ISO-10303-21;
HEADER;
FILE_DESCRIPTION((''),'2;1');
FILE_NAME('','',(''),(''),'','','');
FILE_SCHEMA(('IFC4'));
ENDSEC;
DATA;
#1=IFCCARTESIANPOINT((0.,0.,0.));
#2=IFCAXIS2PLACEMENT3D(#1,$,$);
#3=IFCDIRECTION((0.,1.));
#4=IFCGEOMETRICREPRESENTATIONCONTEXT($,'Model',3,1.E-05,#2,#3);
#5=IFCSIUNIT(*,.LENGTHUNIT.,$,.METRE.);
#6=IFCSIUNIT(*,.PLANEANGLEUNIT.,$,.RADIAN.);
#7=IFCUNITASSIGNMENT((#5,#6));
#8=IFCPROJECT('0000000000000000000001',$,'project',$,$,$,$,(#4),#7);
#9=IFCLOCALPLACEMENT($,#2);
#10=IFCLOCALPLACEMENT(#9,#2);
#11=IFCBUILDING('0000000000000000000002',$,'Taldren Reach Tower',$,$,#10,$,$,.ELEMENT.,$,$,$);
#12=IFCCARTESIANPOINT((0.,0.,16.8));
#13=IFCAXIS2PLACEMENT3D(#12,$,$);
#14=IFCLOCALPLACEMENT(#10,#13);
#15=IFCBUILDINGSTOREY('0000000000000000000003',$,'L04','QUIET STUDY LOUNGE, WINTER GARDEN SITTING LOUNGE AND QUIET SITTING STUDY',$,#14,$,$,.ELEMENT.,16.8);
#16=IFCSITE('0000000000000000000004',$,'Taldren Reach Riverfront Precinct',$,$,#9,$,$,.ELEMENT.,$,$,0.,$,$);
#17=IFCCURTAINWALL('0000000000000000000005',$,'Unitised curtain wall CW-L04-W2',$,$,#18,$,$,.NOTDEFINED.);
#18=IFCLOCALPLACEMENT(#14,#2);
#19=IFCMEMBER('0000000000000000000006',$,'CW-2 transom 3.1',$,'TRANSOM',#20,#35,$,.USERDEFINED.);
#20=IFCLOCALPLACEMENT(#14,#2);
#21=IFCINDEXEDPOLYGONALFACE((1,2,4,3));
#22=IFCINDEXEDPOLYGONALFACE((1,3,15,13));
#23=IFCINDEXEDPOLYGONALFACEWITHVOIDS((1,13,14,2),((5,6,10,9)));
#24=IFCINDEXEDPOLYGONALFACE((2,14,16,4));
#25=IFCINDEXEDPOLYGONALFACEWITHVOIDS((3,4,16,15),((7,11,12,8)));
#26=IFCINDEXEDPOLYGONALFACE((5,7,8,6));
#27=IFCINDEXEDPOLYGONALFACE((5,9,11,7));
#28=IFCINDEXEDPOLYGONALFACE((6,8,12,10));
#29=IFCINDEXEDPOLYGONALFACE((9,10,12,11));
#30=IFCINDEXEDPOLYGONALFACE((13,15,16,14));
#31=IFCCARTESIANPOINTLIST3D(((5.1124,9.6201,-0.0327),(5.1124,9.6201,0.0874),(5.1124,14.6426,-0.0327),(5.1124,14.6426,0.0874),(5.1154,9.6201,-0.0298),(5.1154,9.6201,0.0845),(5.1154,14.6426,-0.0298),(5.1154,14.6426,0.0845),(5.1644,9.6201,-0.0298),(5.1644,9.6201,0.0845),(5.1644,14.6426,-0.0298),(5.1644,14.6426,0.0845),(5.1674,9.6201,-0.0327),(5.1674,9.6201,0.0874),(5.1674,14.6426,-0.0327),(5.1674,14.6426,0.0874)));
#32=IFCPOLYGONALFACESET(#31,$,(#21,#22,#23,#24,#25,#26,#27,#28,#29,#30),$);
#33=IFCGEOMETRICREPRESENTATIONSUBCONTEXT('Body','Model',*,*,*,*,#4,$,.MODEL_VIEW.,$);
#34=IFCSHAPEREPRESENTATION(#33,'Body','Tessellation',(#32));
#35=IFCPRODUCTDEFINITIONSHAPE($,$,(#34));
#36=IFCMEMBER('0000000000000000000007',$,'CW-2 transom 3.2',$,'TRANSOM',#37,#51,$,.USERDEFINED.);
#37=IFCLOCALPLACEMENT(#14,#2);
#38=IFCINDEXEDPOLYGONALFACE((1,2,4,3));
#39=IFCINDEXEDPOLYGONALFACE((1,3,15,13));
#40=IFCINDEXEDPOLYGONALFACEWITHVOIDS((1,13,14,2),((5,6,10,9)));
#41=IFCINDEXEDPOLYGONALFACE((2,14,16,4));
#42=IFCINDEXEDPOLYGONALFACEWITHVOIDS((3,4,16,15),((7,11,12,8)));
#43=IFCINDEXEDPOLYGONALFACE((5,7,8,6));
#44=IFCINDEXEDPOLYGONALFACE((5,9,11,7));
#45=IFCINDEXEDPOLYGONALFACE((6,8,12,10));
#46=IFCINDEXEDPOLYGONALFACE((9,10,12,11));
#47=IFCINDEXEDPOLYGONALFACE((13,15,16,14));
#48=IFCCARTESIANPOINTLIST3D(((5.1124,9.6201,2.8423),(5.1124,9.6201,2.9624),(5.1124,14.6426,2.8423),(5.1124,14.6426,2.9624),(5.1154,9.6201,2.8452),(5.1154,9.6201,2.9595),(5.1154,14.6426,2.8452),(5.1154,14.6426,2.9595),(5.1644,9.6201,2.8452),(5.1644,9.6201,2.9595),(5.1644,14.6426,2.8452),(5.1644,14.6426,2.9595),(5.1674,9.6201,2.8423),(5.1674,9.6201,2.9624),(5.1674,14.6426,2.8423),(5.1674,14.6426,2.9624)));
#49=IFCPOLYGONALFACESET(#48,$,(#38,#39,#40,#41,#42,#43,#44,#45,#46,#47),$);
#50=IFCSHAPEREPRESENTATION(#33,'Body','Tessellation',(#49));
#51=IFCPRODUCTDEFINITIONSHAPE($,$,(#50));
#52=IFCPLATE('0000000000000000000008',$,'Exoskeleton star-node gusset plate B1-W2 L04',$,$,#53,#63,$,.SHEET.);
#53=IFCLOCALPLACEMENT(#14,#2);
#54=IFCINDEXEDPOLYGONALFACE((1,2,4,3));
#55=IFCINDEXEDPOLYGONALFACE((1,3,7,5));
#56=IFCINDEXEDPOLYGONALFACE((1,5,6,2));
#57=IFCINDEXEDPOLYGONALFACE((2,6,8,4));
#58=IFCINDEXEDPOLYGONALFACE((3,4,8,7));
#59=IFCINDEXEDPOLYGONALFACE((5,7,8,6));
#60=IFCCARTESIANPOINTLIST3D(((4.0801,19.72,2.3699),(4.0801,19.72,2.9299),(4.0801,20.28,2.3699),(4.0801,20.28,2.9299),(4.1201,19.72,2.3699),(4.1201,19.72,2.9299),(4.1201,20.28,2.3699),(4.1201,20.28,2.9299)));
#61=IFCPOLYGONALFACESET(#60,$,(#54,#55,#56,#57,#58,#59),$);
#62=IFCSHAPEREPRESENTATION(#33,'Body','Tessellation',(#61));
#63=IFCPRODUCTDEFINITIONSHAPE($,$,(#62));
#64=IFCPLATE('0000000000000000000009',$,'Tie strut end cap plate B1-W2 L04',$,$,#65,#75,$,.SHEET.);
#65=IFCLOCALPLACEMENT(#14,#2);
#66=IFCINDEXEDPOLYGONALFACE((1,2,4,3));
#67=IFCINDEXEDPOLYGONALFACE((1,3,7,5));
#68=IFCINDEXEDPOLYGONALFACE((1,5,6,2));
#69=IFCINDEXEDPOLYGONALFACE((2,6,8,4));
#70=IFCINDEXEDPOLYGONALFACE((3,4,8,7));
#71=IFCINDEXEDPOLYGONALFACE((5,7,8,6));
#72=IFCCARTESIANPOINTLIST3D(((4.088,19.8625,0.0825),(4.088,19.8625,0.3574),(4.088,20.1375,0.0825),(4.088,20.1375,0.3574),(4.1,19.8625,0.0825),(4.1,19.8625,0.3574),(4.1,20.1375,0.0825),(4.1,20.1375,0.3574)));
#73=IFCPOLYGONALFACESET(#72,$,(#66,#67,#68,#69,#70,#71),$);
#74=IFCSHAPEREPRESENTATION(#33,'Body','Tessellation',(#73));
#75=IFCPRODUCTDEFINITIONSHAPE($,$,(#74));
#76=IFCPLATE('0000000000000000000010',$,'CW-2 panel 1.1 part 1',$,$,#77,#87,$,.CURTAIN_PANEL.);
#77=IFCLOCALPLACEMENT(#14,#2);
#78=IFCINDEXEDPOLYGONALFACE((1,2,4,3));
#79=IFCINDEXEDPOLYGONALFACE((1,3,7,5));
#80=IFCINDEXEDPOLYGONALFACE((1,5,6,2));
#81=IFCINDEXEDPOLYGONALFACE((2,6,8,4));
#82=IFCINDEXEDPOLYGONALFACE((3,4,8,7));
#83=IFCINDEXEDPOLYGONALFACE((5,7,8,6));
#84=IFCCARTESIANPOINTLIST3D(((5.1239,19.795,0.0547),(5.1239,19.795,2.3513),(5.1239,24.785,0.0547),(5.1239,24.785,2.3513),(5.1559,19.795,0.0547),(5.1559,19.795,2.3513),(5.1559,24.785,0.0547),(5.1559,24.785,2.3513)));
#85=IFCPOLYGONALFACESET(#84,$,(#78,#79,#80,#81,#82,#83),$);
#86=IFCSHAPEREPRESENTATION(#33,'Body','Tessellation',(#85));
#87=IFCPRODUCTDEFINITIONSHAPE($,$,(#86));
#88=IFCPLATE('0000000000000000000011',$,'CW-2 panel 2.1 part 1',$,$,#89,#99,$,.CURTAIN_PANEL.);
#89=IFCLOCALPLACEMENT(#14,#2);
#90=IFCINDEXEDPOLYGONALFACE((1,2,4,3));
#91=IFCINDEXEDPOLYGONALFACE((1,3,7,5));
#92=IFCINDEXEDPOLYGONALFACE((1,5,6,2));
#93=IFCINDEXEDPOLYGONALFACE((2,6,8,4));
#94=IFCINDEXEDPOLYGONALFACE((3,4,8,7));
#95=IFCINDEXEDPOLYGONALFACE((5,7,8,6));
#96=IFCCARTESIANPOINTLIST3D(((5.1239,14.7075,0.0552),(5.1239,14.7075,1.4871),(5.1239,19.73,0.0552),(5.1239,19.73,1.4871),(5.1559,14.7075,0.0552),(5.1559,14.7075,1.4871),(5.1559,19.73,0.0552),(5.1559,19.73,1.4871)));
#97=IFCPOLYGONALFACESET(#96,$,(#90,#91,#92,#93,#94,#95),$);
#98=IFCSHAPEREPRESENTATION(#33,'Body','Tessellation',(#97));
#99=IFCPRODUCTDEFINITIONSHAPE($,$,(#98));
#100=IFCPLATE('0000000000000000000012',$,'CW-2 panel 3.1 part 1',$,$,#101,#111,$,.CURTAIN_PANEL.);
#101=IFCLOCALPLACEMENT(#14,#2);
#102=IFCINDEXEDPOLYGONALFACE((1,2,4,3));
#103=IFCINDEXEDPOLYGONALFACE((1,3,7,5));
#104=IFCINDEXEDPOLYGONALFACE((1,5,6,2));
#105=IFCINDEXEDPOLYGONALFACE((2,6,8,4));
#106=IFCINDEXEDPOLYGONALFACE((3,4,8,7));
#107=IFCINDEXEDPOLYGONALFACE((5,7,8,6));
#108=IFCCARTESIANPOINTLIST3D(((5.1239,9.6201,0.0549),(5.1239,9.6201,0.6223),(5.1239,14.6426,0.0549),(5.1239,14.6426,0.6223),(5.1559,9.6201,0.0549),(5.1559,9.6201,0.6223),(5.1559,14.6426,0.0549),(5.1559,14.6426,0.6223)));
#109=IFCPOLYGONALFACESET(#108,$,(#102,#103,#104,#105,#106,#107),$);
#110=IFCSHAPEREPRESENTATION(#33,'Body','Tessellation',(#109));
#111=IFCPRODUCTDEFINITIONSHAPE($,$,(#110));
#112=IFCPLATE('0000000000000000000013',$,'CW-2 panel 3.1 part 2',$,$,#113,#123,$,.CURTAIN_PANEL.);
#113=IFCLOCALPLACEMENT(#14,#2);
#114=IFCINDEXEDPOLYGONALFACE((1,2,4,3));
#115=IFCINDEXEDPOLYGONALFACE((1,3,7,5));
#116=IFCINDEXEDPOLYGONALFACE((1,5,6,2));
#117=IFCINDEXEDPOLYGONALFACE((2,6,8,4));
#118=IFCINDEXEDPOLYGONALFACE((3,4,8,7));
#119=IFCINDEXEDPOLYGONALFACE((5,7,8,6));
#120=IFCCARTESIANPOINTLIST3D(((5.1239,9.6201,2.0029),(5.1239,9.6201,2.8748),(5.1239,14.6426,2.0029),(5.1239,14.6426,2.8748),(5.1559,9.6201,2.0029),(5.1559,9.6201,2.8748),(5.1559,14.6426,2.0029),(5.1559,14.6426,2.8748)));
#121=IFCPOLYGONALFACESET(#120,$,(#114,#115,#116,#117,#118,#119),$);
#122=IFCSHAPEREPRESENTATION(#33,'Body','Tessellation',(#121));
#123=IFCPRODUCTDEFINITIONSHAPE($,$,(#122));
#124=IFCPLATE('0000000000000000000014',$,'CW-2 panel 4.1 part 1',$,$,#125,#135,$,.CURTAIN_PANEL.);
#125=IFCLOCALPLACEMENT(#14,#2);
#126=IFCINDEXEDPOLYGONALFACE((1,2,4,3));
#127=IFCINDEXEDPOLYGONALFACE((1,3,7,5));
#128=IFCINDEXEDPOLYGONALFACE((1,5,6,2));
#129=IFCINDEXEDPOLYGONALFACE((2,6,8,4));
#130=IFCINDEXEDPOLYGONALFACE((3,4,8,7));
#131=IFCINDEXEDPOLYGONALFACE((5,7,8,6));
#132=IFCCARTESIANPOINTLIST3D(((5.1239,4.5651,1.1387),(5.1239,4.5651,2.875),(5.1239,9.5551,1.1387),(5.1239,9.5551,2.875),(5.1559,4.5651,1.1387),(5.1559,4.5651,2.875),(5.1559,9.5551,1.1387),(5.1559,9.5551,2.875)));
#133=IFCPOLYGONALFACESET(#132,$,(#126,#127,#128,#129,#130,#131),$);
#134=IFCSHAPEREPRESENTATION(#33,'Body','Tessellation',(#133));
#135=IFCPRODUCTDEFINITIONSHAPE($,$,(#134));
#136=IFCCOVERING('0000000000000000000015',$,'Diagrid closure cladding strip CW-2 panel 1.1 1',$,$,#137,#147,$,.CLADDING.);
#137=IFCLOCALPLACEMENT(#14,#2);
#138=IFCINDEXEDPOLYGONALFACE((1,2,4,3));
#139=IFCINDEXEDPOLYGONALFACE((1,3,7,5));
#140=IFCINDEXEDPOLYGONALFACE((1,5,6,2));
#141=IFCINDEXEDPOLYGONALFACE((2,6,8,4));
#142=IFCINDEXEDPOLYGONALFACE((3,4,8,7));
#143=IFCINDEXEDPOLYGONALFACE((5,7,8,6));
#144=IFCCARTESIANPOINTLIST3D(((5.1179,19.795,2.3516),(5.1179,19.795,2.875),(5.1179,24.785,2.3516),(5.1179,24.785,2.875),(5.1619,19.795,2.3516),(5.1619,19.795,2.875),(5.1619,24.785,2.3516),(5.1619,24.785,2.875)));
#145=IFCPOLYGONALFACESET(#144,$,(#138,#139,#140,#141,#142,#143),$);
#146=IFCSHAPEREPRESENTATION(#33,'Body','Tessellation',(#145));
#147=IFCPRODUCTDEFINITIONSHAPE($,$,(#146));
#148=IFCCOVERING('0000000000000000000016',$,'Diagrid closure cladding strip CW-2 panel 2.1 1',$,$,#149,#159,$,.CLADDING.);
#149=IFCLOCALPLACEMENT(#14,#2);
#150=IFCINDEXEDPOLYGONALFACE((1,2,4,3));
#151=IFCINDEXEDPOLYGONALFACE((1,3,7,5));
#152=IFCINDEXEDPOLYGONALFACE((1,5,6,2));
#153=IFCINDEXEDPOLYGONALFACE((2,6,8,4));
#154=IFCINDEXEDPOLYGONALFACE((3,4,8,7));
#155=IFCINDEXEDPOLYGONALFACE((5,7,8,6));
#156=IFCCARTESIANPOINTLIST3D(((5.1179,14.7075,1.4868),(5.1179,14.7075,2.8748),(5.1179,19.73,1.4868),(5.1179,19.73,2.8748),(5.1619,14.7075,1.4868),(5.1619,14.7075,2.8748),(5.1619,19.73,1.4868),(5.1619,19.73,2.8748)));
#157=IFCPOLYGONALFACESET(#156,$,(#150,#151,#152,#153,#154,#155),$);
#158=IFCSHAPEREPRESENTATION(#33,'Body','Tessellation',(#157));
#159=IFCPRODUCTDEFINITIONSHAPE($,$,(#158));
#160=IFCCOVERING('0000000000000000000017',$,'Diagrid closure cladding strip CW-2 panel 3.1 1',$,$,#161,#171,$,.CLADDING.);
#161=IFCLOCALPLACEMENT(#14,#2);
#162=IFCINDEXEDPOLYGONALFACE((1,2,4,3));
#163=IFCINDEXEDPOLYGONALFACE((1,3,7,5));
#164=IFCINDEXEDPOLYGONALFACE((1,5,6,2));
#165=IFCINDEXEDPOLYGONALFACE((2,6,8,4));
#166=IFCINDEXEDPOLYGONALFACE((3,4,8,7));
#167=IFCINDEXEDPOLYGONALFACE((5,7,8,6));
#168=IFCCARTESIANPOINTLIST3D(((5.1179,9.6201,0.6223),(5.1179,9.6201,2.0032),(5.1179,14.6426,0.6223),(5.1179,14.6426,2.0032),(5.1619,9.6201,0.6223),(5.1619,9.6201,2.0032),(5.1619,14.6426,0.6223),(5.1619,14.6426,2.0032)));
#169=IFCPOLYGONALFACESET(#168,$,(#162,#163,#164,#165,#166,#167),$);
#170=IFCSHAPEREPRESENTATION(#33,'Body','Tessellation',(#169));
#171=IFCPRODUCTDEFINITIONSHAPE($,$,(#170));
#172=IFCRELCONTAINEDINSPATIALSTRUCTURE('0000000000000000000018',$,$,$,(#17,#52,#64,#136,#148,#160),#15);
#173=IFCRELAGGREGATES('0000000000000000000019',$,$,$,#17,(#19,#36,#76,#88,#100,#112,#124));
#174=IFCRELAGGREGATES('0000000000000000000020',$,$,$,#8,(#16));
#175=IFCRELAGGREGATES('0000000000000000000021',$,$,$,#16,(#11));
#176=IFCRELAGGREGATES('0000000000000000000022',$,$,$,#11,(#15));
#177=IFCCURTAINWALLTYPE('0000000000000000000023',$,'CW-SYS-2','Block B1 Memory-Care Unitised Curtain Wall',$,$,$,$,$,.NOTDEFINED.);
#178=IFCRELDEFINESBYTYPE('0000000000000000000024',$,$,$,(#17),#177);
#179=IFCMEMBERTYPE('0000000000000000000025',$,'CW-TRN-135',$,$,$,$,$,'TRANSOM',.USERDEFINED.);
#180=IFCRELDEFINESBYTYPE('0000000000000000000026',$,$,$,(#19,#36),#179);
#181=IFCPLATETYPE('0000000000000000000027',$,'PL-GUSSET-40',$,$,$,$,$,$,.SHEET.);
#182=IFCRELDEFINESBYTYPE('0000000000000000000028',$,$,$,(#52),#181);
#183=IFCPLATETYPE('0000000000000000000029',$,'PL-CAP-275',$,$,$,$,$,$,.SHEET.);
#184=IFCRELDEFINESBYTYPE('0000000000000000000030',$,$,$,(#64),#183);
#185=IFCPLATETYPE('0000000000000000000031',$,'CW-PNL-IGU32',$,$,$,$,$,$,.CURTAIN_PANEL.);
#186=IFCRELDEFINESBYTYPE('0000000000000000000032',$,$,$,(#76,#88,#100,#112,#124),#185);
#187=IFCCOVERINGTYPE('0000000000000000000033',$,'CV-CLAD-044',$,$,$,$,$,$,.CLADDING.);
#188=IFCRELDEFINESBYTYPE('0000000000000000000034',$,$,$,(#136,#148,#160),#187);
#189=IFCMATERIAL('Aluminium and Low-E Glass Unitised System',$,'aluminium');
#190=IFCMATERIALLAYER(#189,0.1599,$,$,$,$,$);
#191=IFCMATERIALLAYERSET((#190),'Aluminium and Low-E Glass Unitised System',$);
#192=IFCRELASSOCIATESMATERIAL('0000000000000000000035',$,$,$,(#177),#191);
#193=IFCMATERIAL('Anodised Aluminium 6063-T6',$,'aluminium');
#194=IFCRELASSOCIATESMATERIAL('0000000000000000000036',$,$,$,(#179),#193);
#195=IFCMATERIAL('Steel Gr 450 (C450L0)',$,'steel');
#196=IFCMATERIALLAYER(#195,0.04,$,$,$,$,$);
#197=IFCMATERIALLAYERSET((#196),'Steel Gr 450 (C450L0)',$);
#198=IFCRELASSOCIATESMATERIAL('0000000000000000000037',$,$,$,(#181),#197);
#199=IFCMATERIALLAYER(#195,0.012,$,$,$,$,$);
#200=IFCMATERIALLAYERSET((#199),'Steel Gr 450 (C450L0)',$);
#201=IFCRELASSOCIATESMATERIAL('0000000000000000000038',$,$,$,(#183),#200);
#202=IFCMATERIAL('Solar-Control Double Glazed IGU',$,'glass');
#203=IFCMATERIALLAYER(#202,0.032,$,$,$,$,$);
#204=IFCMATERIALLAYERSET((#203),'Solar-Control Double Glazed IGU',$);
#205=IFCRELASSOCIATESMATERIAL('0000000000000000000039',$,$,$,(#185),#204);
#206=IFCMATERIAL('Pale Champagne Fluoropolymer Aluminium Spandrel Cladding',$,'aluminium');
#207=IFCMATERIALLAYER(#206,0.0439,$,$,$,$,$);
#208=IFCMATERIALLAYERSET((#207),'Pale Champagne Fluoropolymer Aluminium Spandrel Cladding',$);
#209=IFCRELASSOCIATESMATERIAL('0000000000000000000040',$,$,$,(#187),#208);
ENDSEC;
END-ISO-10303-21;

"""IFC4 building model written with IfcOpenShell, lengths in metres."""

from ifc_helpers import new_model, si_unit, direction, frame, origin, origin_2d, place, context, subcontext, project, spatial, rectangle, hollow_rectangle, extrude, source, transform, mapped, material, layer, layer_set, material_profile, profile_set, type_object, element, aggregate, save


model = new_model("IFC4")

# Units and contexts
model_context = context("Model", 3, precision=1e-05, world=origin(), true_north=direction((0.0, 1.0)))
body_context = subcontext(model_context, "Body", "Model", "MODEL_VIEW")
ifc_project = project(units=[si_unit("LENGTHUNIT", "METRE"), si_unit("PLANEANGLEUNIT", "RADIAN")], contexts=[model_context])

# Site, building, storey
site_placement = place(None, origin())
site = spatial("IfcSite", under=ifc_project, at=site_placement, Name="Taldren Reach Riverfront Precinct", CompositionType="ELEMENT", RefElevation=0.0)
building_placement = place(site_placement, origin())
building = spatial("IfcBuilding", under=site, at=building_placement, Name="Taldren Reach Tower", CompositionType="ELEMENT")
storey_placement = place(building_placement, frame((0.0, 0.0, 16.8)))
storey = spatial("IfcBuildingStorey", under=building, at=storey_placement, Name="L04", Description="QUIET STUDY LOUNGE, WINTER GARDEN SITTING LOUNGE AND QUIET SITTING STUDY", CompositionType="ELEMENT", Elevation=16.8)

# Shared definitions
ifc_material_1 = material(Name="Steel Gr 450 (C450L0)", Category="steel")

# Curtain wall, members
ifc_material_2 = material(Name="Aluminium and Low-E Glass Unitised System", Category="aluminium")
ifc_layer_1 = layer(ifc_material_2, 0.1599)
ifc_layer_set_1 = layer_set([ifc_layer_1], Name="Aluminium and Low-E Glass Unitised System")
curtain_wall_type = type_object("IfcCurtainWallType", Name="CW-SYS-2", Description="Block B1 Memory-Care Unitised Curtain Wall", PredefinedType="NOTDEFINED", material=ifc_layer_set_1)
curtain_wall_placement = place(storey_placement, origin())
curtain_wall = element("IfcCurtainWall", 1, at=curtain_wall_placement, inside=storey, type_object=curtain_wall_type, Name="Unitised curtain wall CW-L04-W2", PredefinedType="NOTDEFINED")
ifc_material_3 = material(Name="Anodised Aluminium 6063-T6", Category="aluminium")
ifc_material_profile_1 = material_profile(ifc_material_3, hollow_rectangle(XDim=0.0549, YDim=0.1201, WallThickness=0.0029, at=origin_2d()), Name="ALU-120x55x3RHS")
ifc_profile_set_1 = profile_set([ifc_material_profile_1], Name="Anodised Aluminium 6063-T6")
member_type_1 = type_object("IfcMemberType", Name="CW-TRN-135", ElementType="TRANSOM", PredefinedType="USERDEFINED", material=ifc_profile_set_1)
shared_shape_1 = source(origin(), body_context, "Body", "SweptSolid", [
    extrude(hollow_rectangle(XDim=0.0549, YDim=0.1201, WallThickness=0.0029, at=origin_2d()), origin(), (0.0, 0.0, 1.0), 5.0225),
])
member_1_placement = place(storey_placement, frame((5.1399, 14.6426, 0.0273), z_axis=(0.0, -1.0, 0.0), x_axis=(1.0, 0.0, 0.0)))
member_1 = element("IfcMember", 2, at=member_1_placement, type_object=member_type_1, Name="CW-2 transom 3.1", ObjectType="TRANSOM", PredefinedType="USERDEFINED", context=body_context, shape_type="MappedRepresentation", body=[
    mapped(shared_shape_1, transform((0.0, 0.0, 0.0), scale=1.0)),
])
member_2_placement = place(storey_placement, frame((5.1399, 14.6426, 2.9023), z_axis=(0.0, -1.0, 0.0), x_axis=(1.0, 0.0, 0.0)))
member_2 = element("IfcMember", 3, at=member_2_placement, type_object=member_type_1, Name="CW-2 transom 3.2", ObjectType="TRANSOM", PredefinedType="USERDEFINED", context=body_context, shape_type="MappedRepresentation", body=[
    mapped(shared_shape_1, transform((0.0, 0.0, 0.0), scale=1.0)),
])

# Plates
ifc_layer_2 = layer(ifc_material_1, 0.04)
ifc_layer_set_2 = layer_set([ifc_layer_2], Name="Steel Gr 450 (C450L0)")
plate_type_1 = type_object("IfcPlateType", Name="PL-GUSSET-40", PredefinedType="SHEET", material=ifc_layer_set_2)
shared_shape_2 = source(origin(), body_context, "Body", "SweptSolid", [
    extrude(rectangle(XDim=0.5601, YDim=0.04, at=origin_2d()), origin(), (0.0, 0.0, 1.0), 0.5601),
])
plate_1_placement = place(storey_placement, frame((4.1001, 20.0, 2.3699), z_axis=(0.0, 0.0, 1.0), x_axis=(0.0, 1.0, 0.0)))
element("IfcPlate", 4, at=plate_1_placement, inside=storey, type_object=plate_type_1, Name="Exoskeleton star-node gusset plate B1-W2 L04", PredefinedType="SHEET", context=body_context, shape_type="MappedRepresentation", body=[
    mapped(shared_shape_2, transform((0.0, 0.0, 0.0), scale=1.0)),
])
ifc_layer_3 = layer(ifc_material_1, 0.012)
ifc_layer_set_3 = layer_set([ifc_layer_3], Name="Steel Gr 450 (C450L0)")
plate_type_2 = type_object("IfcPlateType", Name="PL-CAP-275", PredefinedType="SHEET", material=ifc_layer_set_3)
shared_shape_3 = source(origin(), body_context, "Body", "SweptSolid", [
    extrude(rectangle(XDim=0.012, YDim=0.2749, at=origin_2d()), origin(), (0.0, 0.0, 1.0), 0.2749),
])
plate_2_placement = place(storey_placement, frame((4.094, 20.0, 0.0825), z_axis=(0.0, 0.0, 1.0), x_axis=(1.0, 0.0, 0.0)))
element("IfcPlate", 5, at=plate_2_placement, inside=storey, type_object=plate_type_2, Name="Tie strut end cap plate B1-W2 L04", PredefinedType="SHEET", context=body_context, shape_type="MappedRepresentation", body=[
    mapped(shared_shape_3, transform((0.0, 0.0, 0.0), scale=1.0)),
])

# Plates
ifc_material_4 = material(Name="Solar-Control Double Glazed IGU", Category="glass")
ifc_layer_4 = layer(ifc_material_4, 0.032)
ifc_layer_set_4 = layer_set([ifc_layer_4], Name="Solar-Control Double Glazed IGU")
plate_type_3 = type_object("IfcPlateType", Name="CW-PNL-IGU32", PredefinedType="CURTAIN_PANEL", material=ifc_layer_set_4)
shared_shape_4 = source(origin(), body_context, "Body", "SweptSolid", [
    extrude(rectangle(XDim=4.99, YDim=0.032, at=origin_2d()), origin(), (0.0, 0.0, 1.0), 2.2966),
])
plate_3_placement = place(storey_placement, frame((5.1399, 22.29, 0.0547), z_axis=(0.0, 0.0, 1.0), x_axis=(0.0, -1.0, 0.0)))
plate_3 = element("IfcPlate", 6, at=plate_3_placement, type_object=plate_type_3, Name="CW-2 panel 1.1 part 1", PredefinedType="CURTAIN_PANEL", context=body_context, shape_type="MappedRepresentation", body=[
    mapped(shared_shape_4, transform((0.0, 0.0, 0.0), scale=1.0)),
])
shared_shape_5 = source(origin(), body_context, "Body", "SweptSolid", [
    extrude(rectangle(XDim=5.0225, YDim=0.032, at=origin_2d()), origin(), (0.0, 0.0, 1.0), 1.4319),
])
plate_4_placement = place(storey_placement, frame((5.1399, 17.2188, 0.0552), z_axis=(0.0, 0.0, 1.0), x_axis=(0.0, -1.0, 0.0)))
plate_4 = element("IfcPlate", 7, at=plate_4_placement, type_object=plate_type_3, Name="CW-2 panel 2.1 part 1", PredefinedType="CURTAIN_PANEL", context=body_context, shape_type="MappedRepresentation", body=[
    mapped(shared_shape_5, transform((0.0, 0.0, 0.0), scale=1.0)),
])
shared_shape_6 = source(origin(), body_context, "Body", "SweptSolid", [
    extrude(rectangle(XDim=5.0225, YDim=0.032, at=origin_2d()), origin(), (0.0, 0.0, 1.0), 0.5674),
])
plate_5_placement = place(storey_placement, frame((5.1399, 12.1313, 0.0549), z_axis=(0.0, 0.0, 1.0), x_axis=(0.0, -1.0, 0.0)))
plate_5 = element("IfcPlate", 8, at=plate_5_placement, type_object=plate_type_3, Name="CW-2 panel 3.1 part 1", PredefinedType="CURTAIN_PANEL", context=body_context, shape_type="MappedRepresentation", body=[
    mapped(shared_shape_6, transform((0.0, 0.0, 0.0), scale=1.0)),
])
shared_shape_7 = source(origin(), body_context, "Body", "SweptSolid", [
    extrude(rectangle(XDim=5.0225, YDim=0.032, at=origin_2d()), origin(), (0.0, 0.0, 1.0), 0.8718),
])
plate_6_placement = place(storey_placement, frame((5.1399, 12.1313, 2.0029), z_axis=(0.0, 0.0, 1.0), x_axis=(0.0, -1.0, 0.0)))
plate_6 = element("IfcPlate", 9, at=plate_6_placement, type_object=plate_type_3, Name="CW-2 panel 3.1 part 2", PredefinedType="CURTAIN_PANEL", context=body_context, shape_type="MappedRepresentation", body=[
    mapped(shared_shape_7, transform((0.0, 0.0, 0.0), scale=1.0)),
])
shared_shape_8 = source(origin(), body_context, "Body", "SweptSolid", [
    extrude(rectangle(XDim=4.99, YDim=0.032, at=origin_2d()), origin(), (0.0, 0.0, 1.0), 1.7363),
])
plate_7_placement = place(storey_placement, frame((5.1399, 7.0601, 1.1387), z_axis=(0.0, 0.0, 1.0), x_axis=(0.0, -1.0, 0.0)))
plate_7 = element("IfcPlate", 10, at=plate_7_placement, type_object=plate_type_3, Name="CW-2 panel 4.1 part 1", PredefinedType="CURTAIN_PANEL", context=body_context, shape_type="MappedRepresentation", body=[
    mapped(shared_shape_8, transform((0.0, 0.0, 0.0), scale=1.0)),
])
aggregate(curtain_wall, [member_1, member_2, plate_3, plate_4, plate_5, plate_6, plate_7])

# Coverings
ifc_material_5 = material(Name="Pale Champagne Fluoropolymer Aluminium Spandrel Cladding", Category="aluminium")
ifc_layer_5 = layer(ifc_material_5, 0.0439)
ifc_layer_set_5 = layer_set([ifc_layer_5], Name="Pale Champagne Fluoropolymer Aluminium Spandrel Cladding")
covering_type = type_object("IfcCoveringType", Name="CV-CLAD-044", PredefinedType="CLADDING", material=ifc_layer_set_5)
shared_shape_9 = source(origin(), body_context, "Body", "SweptSolid", [
    extrude(rectangle(XDim=4.99, YDim=0.0439, at=origin_2d()), origin(), (0.0, 0.0, 1.0), 0.5234),
])
covering_1_placement = place(storey_placement, frame((5.1399, 22.29, 2.3516), z_axis=(0.0, 0.0, 1.0), x_axis=(0.0, -1.0, 0.0)))
element("IfcCovering", 11, at=covering_1_placement, inside=storey, type_object=covering_type, Name="Diagrid closure cladding strip CW-2 panel 1.1 1", PredefinedType="CLADDING", context=body_context, shape_type="MappedRepresentation", body=[
    mapped(shared_shape_9, transform((0.0, 0.0, 0.0), scale=1.0)),
])
shared_shape_10 = source(origin(), body_context, "Body", "SweptSolid", [
    extrude(rectangle(XDim=5.0225, YDim=0.0439, at=origin_2d()), origin(), (0.0, 0.0, 1.0), 1.3879),
])
covering_2_placement = place(storey_placement, frame((5.1399, 17.2188, 1.4868), z_axis=(0.0, 0.0, 1.0), x_axis=(0.0, -1.0, 0.0)))
element("IfcCovering", 12, at=covering_2_placement, inside=storey, type_object=covering_type, Name="Diagrid closure cladding strip CW-2 panel 2.1 1", PredefinedType="CLADDING", context=body_context, shape_type="MappedRepresentation", body=[
    mapped(shared_shape_10, transform((0.0, 0.0, 0.0), scale=1.0)),
])
shared_shape_11 = source(origin(), body_context, "Body", "SweptSolid", [
    extrude(rectangle(XDim=5.0225, YDim=0.0439, at=origin_2d()), origin(), (0.0, 0.0, 1.0), 1.3809),
])
covering_3_placement = place(storey_placement, frame((5.1399, 12.1313, 0.6223), z_axis=(0.0, 0.0, 1.0), x_axis=(0.0, -1.0, 0.0)))
element("IfcCovering", 13, at=covering_3_placement, inside=storey, type_object=covering_type, Name="Diagrid closure cladding strip CW-2 panel 3.1 1", PredefinedType="CLADDING", context=body_context, shape_type="MappedRepresentation", body=[
    mapped(shared_shape_11, transform((0.0, 0.0, 0.0), scale=1.0)),
])

save(model, "model.ifc")
